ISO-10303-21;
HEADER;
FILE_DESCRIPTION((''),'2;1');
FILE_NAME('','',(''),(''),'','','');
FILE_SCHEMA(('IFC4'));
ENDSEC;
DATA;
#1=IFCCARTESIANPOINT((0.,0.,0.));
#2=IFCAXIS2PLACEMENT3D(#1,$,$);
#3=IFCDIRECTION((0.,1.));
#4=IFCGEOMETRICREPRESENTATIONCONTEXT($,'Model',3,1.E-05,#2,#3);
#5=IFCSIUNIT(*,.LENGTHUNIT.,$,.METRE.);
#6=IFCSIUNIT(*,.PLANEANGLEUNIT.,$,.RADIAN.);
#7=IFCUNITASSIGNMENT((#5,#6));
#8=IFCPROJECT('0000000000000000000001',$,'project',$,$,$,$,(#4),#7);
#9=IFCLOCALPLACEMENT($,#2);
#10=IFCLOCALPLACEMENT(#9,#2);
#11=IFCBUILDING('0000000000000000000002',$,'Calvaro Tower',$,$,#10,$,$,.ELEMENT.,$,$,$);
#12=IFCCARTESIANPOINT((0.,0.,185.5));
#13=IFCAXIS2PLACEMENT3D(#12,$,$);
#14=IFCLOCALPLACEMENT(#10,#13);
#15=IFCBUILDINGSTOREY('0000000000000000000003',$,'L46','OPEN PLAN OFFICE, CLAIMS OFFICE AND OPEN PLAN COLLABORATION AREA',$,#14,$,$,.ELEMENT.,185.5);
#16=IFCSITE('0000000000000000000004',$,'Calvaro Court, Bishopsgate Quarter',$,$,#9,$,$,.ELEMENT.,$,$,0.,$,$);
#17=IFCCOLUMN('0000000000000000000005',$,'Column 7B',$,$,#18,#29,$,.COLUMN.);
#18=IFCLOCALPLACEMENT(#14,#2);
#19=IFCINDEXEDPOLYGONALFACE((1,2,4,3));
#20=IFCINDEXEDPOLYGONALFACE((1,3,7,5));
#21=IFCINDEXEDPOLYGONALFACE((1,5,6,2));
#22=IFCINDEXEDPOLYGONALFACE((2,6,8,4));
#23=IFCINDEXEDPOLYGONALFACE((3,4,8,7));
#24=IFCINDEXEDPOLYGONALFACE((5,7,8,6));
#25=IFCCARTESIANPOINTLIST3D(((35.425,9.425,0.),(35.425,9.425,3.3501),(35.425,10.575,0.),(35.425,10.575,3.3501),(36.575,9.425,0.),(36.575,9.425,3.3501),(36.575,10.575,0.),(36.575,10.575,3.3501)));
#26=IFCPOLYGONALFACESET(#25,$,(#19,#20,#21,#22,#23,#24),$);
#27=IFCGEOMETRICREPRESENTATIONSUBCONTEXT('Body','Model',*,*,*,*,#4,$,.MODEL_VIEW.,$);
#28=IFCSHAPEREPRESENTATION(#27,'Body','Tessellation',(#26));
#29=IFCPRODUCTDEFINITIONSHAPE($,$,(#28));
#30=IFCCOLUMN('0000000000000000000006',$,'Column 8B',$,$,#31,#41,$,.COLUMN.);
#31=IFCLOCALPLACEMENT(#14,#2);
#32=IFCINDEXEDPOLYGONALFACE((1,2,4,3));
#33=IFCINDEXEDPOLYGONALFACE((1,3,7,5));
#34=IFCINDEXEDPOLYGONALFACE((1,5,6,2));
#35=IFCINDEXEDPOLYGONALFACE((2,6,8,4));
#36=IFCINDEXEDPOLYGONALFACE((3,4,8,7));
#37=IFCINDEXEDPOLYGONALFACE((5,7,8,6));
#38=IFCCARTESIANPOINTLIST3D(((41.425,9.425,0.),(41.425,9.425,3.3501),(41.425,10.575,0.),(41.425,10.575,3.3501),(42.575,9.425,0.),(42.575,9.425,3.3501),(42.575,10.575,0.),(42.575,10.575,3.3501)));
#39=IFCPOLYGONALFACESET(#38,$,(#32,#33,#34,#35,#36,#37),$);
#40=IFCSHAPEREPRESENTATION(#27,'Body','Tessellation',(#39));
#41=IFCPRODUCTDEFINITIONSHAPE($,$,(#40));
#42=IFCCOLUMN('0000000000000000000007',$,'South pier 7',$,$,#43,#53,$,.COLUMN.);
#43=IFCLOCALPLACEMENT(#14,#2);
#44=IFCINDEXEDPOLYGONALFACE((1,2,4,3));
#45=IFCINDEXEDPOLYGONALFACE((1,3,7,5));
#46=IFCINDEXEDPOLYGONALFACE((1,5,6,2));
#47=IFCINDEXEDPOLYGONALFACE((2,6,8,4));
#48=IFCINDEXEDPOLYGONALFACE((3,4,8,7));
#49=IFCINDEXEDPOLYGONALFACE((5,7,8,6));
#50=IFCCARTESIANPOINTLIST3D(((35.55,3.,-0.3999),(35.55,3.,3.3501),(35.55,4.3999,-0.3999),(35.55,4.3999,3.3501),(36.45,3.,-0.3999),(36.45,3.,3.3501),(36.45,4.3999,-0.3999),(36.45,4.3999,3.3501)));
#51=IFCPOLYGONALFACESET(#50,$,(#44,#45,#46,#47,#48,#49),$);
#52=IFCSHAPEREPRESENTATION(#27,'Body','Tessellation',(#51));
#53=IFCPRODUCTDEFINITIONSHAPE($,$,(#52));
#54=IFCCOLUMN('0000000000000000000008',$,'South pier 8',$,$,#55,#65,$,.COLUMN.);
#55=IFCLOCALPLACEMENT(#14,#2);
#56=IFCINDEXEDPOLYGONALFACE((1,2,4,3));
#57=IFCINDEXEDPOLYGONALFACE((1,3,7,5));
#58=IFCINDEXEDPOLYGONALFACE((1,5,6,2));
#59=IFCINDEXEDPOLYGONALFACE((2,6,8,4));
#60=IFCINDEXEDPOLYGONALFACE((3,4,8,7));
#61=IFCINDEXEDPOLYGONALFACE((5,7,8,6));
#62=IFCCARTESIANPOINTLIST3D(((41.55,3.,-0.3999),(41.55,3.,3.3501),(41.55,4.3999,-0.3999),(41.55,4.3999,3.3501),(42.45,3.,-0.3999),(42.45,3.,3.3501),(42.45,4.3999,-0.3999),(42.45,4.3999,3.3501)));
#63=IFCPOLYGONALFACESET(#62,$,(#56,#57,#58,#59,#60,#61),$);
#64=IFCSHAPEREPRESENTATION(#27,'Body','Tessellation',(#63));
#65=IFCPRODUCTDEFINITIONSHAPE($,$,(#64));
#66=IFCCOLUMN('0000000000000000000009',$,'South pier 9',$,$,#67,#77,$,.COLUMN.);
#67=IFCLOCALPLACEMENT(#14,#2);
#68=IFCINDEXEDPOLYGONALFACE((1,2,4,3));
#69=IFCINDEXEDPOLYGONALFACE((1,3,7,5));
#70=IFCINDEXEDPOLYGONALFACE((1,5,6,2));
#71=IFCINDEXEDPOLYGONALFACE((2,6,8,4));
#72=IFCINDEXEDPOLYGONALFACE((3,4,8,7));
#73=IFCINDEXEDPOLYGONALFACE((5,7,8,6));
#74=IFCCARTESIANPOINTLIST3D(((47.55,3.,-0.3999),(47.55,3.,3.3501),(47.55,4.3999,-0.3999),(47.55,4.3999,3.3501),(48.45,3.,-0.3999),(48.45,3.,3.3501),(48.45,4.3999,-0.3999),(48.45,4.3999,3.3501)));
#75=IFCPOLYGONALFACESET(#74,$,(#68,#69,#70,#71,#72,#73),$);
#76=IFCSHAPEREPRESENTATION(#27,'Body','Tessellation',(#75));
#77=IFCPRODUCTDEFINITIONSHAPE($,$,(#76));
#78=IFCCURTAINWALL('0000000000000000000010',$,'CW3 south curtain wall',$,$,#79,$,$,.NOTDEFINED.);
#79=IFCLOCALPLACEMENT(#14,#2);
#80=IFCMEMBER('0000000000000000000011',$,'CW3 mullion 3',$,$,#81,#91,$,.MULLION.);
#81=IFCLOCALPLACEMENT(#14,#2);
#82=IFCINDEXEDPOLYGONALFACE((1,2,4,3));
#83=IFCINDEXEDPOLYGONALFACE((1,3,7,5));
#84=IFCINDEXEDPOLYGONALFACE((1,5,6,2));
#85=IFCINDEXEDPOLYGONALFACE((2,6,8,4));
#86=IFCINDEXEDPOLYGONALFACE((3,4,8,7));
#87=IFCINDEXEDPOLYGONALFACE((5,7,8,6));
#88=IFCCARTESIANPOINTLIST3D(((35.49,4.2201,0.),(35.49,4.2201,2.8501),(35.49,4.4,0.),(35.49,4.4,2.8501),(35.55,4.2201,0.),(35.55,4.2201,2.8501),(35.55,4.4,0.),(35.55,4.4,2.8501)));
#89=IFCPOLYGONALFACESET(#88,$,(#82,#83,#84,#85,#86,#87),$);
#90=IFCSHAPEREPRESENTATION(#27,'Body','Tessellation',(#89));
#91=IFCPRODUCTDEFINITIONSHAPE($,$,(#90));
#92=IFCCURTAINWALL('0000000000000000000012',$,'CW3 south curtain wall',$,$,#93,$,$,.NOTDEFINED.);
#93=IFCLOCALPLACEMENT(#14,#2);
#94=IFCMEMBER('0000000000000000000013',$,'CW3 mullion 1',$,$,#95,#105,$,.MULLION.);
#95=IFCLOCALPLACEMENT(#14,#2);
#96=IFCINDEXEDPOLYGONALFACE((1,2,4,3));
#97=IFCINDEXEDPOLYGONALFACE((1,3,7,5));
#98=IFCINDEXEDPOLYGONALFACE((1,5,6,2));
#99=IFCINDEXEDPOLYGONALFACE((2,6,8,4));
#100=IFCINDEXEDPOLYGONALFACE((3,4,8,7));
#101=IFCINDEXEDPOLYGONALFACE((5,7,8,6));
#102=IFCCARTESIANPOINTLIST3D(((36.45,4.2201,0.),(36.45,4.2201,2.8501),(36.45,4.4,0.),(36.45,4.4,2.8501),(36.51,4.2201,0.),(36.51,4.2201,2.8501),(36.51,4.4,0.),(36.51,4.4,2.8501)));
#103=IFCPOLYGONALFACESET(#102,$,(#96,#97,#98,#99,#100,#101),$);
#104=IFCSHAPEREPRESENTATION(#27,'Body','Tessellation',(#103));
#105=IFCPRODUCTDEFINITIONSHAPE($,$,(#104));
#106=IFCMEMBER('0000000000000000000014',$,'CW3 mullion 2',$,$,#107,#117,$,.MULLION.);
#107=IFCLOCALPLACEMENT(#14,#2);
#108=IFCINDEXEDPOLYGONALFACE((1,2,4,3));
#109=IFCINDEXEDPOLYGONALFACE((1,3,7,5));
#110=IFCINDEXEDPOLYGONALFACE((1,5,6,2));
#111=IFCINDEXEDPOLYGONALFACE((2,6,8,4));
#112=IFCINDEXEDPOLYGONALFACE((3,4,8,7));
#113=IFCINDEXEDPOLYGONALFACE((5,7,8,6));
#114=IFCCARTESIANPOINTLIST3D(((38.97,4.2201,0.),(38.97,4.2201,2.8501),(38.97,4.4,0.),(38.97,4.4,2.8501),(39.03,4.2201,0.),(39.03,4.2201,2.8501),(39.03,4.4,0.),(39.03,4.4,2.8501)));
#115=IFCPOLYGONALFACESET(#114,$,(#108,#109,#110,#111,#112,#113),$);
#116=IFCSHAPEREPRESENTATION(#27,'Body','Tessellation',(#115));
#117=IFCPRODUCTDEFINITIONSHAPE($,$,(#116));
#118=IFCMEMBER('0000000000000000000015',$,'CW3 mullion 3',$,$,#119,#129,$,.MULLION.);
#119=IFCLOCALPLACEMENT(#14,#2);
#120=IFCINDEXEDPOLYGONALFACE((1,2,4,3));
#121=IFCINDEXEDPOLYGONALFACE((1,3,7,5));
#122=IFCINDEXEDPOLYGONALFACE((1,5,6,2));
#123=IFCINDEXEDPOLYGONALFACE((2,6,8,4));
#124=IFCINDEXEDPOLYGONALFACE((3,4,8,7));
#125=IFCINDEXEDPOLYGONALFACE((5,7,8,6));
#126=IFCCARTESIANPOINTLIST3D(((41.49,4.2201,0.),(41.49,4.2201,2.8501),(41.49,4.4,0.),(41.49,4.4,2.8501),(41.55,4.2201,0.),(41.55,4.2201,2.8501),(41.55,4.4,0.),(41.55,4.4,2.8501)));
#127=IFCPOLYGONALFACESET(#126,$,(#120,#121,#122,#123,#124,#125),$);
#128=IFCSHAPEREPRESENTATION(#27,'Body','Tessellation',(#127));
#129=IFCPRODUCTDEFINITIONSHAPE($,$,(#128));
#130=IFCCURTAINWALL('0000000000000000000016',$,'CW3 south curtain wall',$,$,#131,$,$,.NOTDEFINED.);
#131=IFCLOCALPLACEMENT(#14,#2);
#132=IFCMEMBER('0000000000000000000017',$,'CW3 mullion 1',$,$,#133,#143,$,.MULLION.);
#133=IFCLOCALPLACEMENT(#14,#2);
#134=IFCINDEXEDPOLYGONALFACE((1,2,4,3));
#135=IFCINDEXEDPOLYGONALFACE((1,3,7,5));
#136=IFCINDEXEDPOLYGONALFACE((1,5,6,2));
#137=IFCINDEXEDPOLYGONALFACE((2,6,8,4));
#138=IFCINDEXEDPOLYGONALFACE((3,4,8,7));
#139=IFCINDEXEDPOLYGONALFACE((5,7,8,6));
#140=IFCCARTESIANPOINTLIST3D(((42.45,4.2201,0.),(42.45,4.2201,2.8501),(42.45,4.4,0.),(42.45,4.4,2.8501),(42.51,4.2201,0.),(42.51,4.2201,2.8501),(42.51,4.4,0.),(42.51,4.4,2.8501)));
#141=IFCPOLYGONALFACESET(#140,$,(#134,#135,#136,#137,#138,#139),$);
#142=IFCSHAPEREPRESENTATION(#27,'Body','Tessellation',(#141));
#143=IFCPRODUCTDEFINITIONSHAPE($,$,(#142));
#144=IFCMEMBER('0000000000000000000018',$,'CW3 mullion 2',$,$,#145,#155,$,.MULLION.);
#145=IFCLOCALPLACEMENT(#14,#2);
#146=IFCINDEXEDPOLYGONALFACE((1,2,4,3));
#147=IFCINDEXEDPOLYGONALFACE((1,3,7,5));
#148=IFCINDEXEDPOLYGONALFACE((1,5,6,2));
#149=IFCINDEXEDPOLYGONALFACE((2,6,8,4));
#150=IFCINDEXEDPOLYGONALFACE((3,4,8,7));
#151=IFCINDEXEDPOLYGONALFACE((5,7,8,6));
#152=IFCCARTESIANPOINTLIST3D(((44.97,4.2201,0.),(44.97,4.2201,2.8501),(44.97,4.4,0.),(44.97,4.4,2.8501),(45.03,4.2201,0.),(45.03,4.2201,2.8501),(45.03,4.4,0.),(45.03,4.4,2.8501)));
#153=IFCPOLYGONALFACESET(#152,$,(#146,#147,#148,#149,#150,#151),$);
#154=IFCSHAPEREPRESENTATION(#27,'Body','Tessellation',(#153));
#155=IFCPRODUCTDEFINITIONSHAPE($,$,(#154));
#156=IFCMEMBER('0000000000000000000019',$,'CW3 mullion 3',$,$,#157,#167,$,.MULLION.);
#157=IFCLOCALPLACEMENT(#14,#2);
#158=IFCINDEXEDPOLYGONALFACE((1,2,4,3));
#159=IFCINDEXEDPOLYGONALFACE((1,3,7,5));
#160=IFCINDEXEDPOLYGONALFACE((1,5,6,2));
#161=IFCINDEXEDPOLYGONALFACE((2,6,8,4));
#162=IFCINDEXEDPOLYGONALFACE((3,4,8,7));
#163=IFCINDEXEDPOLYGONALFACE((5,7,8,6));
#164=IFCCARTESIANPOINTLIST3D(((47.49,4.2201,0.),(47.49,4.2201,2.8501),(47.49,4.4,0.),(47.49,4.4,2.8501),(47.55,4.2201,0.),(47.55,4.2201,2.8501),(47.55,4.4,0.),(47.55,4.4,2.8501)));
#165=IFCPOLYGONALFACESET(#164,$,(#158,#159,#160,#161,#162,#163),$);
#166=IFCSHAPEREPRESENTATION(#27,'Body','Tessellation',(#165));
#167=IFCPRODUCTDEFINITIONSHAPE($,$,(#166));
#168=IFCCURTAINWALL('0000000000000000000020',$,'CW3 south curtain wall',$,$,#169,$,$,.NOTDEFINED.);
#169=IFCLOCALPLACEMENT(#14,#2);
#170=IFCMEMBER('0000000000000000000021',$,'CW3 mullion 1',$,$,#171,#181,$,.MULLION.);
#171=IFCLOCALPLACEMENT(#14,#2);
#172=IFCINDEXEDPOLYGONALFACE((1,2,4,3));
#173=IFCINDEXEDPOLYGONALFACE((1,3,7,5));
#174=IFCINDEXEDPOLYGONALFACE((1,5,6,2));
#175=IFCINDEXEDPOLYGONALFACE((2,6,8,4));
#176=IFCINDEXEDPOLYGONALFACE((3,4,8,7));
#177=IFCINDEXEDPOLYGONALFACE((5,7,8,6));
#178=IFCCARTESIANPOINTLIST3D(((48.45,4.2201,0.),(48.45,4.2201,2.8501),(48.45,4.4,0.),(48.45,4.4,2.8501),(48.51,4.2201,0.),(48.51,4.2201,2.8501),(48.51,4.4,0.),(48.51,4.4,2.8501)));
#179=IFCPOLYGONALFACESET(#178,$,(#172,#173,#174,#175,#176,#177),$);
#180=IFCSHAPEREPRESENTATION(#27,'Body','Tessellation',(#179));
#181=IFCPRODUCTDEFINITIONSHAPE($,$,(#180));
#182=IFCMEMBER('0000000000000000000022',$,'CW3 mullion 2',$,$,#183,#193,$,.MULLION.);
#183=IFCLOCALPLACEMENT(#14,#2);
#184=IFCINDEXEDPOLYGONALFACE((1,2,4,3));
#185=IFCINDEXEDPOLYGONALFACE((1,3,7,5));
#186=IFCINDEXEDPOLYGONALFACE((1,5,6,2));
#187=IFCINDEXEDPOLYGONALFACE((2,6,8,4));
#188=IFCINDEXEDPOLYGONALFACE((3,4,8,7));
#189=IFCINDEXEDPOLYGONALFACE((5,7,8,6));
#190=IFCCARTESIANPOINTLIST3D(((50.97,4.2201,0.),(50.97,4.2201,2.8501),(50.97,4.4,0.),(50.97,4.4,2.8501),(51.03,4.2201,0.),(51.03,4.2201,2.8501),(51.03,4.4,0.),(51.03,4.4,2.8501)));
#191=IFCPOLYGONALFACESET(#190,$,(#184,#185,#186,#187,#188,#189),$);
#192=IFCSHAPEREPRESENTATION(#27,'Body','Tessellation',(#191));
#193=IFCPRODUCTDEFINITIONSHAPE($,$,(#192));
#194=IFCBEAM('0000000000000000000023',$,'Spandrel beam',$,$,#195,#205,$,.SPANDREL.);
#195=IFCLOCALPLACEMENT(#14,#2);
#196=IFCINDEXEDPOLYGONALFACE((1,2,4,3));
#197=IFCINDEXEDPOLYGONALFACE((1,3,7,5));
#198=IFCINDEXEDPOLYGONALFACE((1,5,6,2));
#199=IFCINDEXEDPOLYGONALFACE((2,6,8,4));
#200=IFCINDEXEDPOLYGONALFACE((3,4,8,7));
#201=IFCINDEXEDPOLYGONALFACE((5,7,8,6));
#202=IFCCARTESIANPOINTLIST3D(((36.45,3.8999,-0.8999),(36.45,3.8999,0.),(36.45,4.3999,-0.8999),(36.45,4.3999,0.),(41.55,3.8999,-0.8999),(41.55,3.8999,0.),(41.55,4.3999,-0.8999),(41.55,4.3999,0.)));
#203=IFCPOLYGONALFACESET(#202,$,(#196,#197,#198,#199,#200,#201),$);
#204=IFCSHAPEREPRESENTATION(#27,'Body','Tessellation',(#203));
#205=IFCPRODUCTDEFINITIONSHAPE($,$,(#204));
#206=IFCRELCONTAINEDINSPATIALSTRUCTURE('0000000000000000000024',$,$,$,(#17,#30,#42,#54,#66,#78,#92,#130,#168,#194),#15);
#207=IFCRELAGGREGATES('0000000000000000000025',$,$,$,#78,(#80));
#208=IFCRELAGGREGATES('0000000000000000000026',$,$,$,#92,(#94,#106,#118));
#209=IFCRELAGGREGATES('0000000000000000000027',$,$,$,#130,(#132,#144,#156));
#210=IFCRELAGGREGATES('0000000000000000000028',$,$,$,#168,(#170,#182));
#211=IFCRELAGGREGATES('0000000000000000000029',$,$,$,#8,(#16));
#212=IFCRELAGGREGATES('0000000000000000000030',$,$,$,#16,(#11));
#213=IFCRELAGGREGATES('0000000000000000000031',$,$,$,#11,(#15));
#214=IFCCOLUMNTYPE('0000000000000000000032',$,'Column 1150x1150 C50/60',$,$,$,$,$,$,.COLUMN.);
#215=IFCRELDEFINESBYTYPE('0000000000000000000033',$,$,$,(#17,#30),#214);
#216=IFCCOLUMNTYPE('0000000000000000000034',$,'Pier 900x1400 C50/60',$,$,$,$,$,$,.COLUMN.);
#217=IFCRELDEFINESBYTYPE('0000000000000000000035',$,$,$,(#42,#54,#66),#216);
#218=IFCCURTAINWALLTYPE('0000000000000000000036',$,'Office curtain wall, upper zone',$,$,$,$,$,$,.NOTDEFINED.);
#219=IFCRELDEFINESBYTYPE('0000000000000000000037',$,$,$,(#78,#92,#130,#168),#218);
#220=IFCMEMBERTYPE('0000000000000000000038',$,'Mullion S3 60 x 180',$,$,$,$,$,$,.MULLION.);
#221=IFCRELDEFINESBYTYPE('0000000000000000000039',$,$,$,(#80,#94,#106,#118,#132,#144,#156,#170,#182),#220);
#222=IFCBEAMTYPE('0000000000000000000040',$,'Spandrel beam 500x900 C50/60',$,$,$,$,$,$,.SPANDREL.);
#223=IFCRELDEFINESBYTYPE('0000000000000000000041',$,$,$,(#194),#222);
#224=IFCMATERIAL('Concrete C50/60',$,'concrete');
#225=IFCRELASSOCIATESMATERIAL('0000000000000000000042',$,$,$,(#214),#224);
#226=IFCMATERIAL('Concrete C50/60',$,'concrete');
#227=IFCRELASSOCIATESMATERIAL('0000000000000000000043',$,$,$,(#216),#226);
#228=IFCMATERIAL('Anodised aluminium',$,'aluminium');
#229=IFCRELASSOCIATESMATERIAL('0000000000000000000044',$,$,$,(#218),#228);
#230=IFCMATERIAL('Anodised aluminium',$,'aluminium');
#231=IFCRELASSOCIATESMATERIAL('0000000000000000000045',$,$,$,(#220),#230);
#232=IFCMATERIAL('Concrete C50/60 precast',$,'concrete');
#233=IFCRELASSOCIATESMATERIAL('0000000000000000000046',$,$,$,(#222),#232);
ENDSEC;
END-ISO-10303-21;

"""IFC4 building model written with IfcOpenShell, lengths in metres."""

from ifc_helpers import new_model, si_unit, direction, frame, origin, origin_2d, place, context, subcontext, project, spatial, rectangle, extrude, material, material_profile, profile_set, type_object, element, aggregate, save


model = new_model("IFC4")

# Units and contexts
model_context = context("Model", 3, precision=1e-05, world=origin(), true_north=direction((0.0, 1.0)))
body_context = subcontext(model_context, "Body", "Model", "MODEL_VIEW")
ifc_project = project(units=[si_unit("LENGTHUNIT", "METRE"), si_unit("PLANEANGLEUNIT", "RADIAN")], contexts=[model_context])

# Site, building, storey
site_placement = place(None, origin())
site = spatial("IfcSite", under=ifc_project, at=site_placement, Name="Calvaro Court, Bishopsgate Quarter", CompositionType="ELEMENT", RefElevation=0.0)
building_placement = place(site_placement, origin())
building = spatial("IfcBuilding", under=site, at=building_placement, Name="Calvaro Tower", CompositionType="ELEMENT")
storey_placement = place(building_placement, frame((0.0, 0.0, 185.5)))
storey = spatial("IfcBuildingStorey", under=building, at=storey_placement, Name="L46", Description="OPEN PLAN OFFICE, CLAIMS OFFICE AND OPEN PLAN COLLABORATION AREA", CompositionType="ELEMENT", Elevation=185.5)

# Columns
ifc_material_1 = material(Name="Concrete C50/60", Category="concrete")
ifc_material_profile_1 = material_profile(ifc_material_1, rectangle(XDim=1.1499, YDim=1.1499, at=origin_2d()), Name="RC 1150x1150")
ifc_profile_set_1 = profile_set([ifc_material_profile_1], Name="Concrete C50/60")
column_type_1 = type_object("IfcColumnType", Name="Column 1150x1150 C50/60", PredefinedType="COLUMN", material=ifc_profile_set_1)
for number, where, z_axis, x_axis, name in (
    (1, (36.0, 10.0, 0.0), (0.0, 0.0, 1.0), (1.0, 0.0, 0.0), "Column 7B"),
    (2, (42.0, 10.0, 0.0), (0.0, 0.0, 1.0), (1.0, 0.0, 0.0), "Column 8B"),
):
    element("IfcColumn", number, at=place(storey_placement, frame(where, z_axis=z_axis, x_axis=x_axis)), inside=storey, type_object=column_type_1, Name=name, PredefinedType="COLUMN", context=body_context, shape_type="SweptSolid", body=[
        extrude(rectangle(XDim=1.1499, YDim=1.1499, at=origin_2d()), origin(), (0.0, 0.0, 1.0), 3.3501),
    ])
ifc_material_2 = material(Name="Concrete C50/60", Category="concrete")
ifc_material_profile_2 = material_profile(ifc_material_2, rectangle(XDim=0.8999, YDim=1.3999, at=origin_2d()), Name="RC 900x1400")
ifc_profile_set_2 = profile_set([ifc_material_profile_2], Name="Concrete C50/60")
column_type_2 = type_object("IfcColumnType", Name="Pier 900x1400 C50/60", PredefinedType="COLUMN", material=ifc_profile_set_2)
for number, where, z_axis, x_axis, name in (
    (3, (36.0, 3.7, -0.3999), (0.0, 0.0, 1.0), (1.0, 0.0, 0.0), "South pier 7"),
    (4, (42.0, 3.7, -0.3999), (0.0, 0.0, 1.0), (1.0, 0.0, 0.0), "South pier 8"),
    (5, (48.0, 3.7, -0.3999), (0.0, 0.0, 1.0), (1.0, 0.0, 0.0), "South pier 9"),
):
    element("IfcColumn", number, at=place(storey_placement, frame(where, z_axis=z_axis, x_axis=x_axis)), inside=storey, type_object=column_type_2, Name=name, PredefinedType="COLUMN", context=body_context, shape_type="SweptSolid", body=[
        extrude(rectangle(XDim=0.8999, YDim=1.3999, at=origin_2d()), origin(), (0.0, 0.0, 1.0), 3.75),
    ])

# Curtain wall, member
ifc_material_3 = material(Name="Anodised aluminium", Category="aluminium")
curtain_wall_type = type_object("IfcCurtainWallType", Name="Office curtain wall, upper zone", PredefinedType="NOTDEFINED", material=ifc_material_3)
curtain_wall_1_placement = place(storey_placement, origin())
curtain_wall_1 = element("IfcCurtainWall", 6, at=curtain_wall_1_placement, inside=storey, type_object=curtain_wall_type, Name="CW3 south curtain wall", PredefinedType="NOTDEFINED")
ifc_material_4 = material(Name="Anodised aluminium", Category="aluminium")
ifc_material_profile_3 = material_profile(ifc_material_4, rectangle(XDim=0.1799, YDim=0.0601, at=origin_2d()), Name="Mullion S3 60 x 180")
ifc_profile_set_3 = profile_set([ifc_material_profile_3], Name="Anodised aluminium")
member_type_1 = type_object("IfcMemberType", Name="Mullion S3 60 x 180", PredefinedType="MULLION", material=ifc_profile_set_3)
member_1_placement = place(storey_placement, frame((35.52, 4.3101, 0.0), z_axis=(0.0, 0.0, 1.0), x_axis=(0.0, 1.0, 0.0)))
member_1 = element("IfcMember", 7, at=member_1_placement, type_object=member_type_1, Name="CW3 mullion 3", PredefinedType="MULLION", context=body_context, shape_type="SweptSolid", body=[
    extrude(rectangle(XDim=0.1799, YDim=0.0601, at=origin_2d()), origin(), (0.0, 0.0, 1.0), 2.8501),
])
aggregate(curtain_wall_1, [member_1])

# Curtain walls, members
curtain_wall_2_placement = place(storey_placement, origin())
curtain_wall_2 = element("IfcCurtainWall", 8, at=curtain_wall_2_placement, inside=storey, type_object=curtain_wall_type, Name="CW3 south curtain wall", PredefinedType="NOTDEFINED")
member_2_placement = place(storey_placement, frame((36.48, 4.3101, 0.0), z_axis=(0.0, 0.0, 1.0), x_axis=(0.0, 1.0, 0.0)))
member_2 = element("IfcMember", 9, at=member_2_placement, type_object=member_type_1, Name="CW3 mullion 1", PredefinedType="MULLION", context=body_context, shape_type="SweptSolid", body=[
    extrude(rectangle(XDim=0.1799, YDim=0.0601, at=origin_2d()), origin(), (0.0, 0.0, 1.0), 2.8501),
])
member_3_placement = place(storey_placement, frame((39.0, 4.3101, 0.0), z_axis=(0.0, 0.0, 1.0), x_axis=(0.0, 1.0, 0.0)))
member_3 = element("IfcMember", 10, at=member_3_placement, type_object=member_type_1, Name="CW3 mullion 2", PredefinedType="MULLION", context=body_context, shape_type="SweptSolid", body=[
    extrude(rectangle(XDim=0.1799, YDim=0.0601, at=origin_2d()), origin(), (0.0, 0.0, 1.0), 2.8501),
])
member_4_placement = place(storey_placement, frame((41.52, 4.3101, 0.0), z_axis=(0.0, 0.0, 1.0), x_axis=(0.0, 1.0, 0.0)))
member_4 = element("IfcMember", 11, at=member_4_placement, type_object=member_type_1, Name="CW3 mullion 3", PredefinedType="MULLION", context=body_context, shape_type="SweptSolid", body=[
    extrude(rectangle(XDim=0.1799, YDim=0.0601, at=origin_2d()), origin(), (0.0, 0.0, 1.0), 2.8501),
])
curtain_wall_3_placement = place(storey_placement, origin())
curtain_wall_3 = element("IfcCurtainWall", 12, at=curtain_wall_3_placement, inside=storey, type_object=curtain_wall_type, Name="CW3 south curtain wall", PredefinedType="NOTDEFINED")
member_5_placement = place(storey_placement, frame((42.48, 4.3101, 0.0), z_axis=(0.0, 0.0, 1.0), x_axis=(0.0, 1.0, 0.0)))
member_5 = element("IfcMember", 13, at=member_5_placement, type_object=member_type_1, Name="CW3 mullion 1", PredefinedType="MULLION", context=body_context, shape_type="SweptSolid", body=[
    extrude(rectangle(XDim=0.1799, YDim=0.0601, at=origin_2d()), origin(), (0.0, 0.0, 1.0), 2.8501),
])
member_6_placement = place(storey_placement, frame((45.0, 4.3101, 0.0), z_axis=(0.0, 0.0, 1.0), x_axis=(0.0, 1.0, 0.0)))
member_6 = element("IfcMember", 14, at=member_6_placement, type_object=member_type_1, Name="CW3 mullion 2", PredefinedType="MULLION", context=body_context, shape_type="SweptSolid", body=[
    extrude(rectangle(XDim=0.1799, YDim=0.0601, at=origin_2d()), origin(), (0.0, 0.0, 1.0), 2.8501),
])
member_7_placement = place(storey_placement, frame((47.52, 4.3101, 0.0), z_axis=(0.0, 0.0, 1.0), x_axis=(0.0, 1.0, 0.0)))
member_7 = element("IfcMember", 15, at=member_7_placement, type_object=member_type_1, Name="CW3 mullion 3", PredefinedType="MULLION", context=body_context, shape_type="SweptSolid", body=[
    extrude(rectangle(XDim=0.1799, YDim=0.0601, at=origin_2d()), origin(), (0.0, 0.0, 1.0), 2.8501),
])
curtain_wall_4_placement = place(storey_placement, origin())
curtain_wall_4 = element("IfcCurtainWall", 16, at=curtain_wall_4_placement, inside=storey, type_object=curtain_wall_type, Name="CW3 south curtain wall", PredefinedType="NOTDEFINED")
member_8_placement = place(storey_placement, frame((48.48, 4.3101, 0.0), z_axis=(0.0, 0.0, 1.0), x_axis=(0.0, 1.0, 0.0)))
member_8 = element("IfcMember", 17, at=member_8_placement, type_object=member_type_1, Name="CW3 mullion 1", PredefinedType="MULLION", context=body_context, shape_type="SweptSolid", body=[
    extrude(rectangle(XDim=0.1799, YDim=0.0601, at=origin_2d()), origin(), (0.0, 0.0, 1.0), 2.8501),
])
member_9_placement = place(storey_placement, frame((51.0, 4.3101, 0.0), z_axis=(0.0, 0.0, 1.0), x_axis=(0.0, 1.0, 0.0)))
member_9 = element("IfcMember", 18, at=member_9_placement, type_object=member_type_1, Name="CW3 mullion 2", PredefinedType="MULLION", context=body_context, shape_type="SweptSolid", body=[
    extrude(rectangle(XDim=0.1799, YDim=0.0601, at=origin_2d()), origin(), (0.0, 0.0, 1.0), 2.8501),
])

# Beam
ifc_material_5 = material(Name="Concrete C50/60 precast", Category="concrete")
ifc_material_profile_4 = material_profile(ifc_material_5, rectangle(XDim=0.5, YDim=0.8999, at=origin_2d()), Name="RC 500x900")
ifc_profile_set_4 = profile_set([ifc_material_profile_4], Name="Concrete C50/60 precast")
beam_type = type_object("IfcBeamType", Name="Spandrel beam 500x900 C50/60", PredefinedType="SPANDREL", material=ifc_profile_set_4)
for number, where, z_axis, x_axis, name in (
    (19, (36.45, 4.1499, -0.45), (1.0, 0.0, 0.0), (0.0, 1.0, 0.0), "Spandrel beam"),
):
    element("IfcBeam", number, at=place(storey_placement, frame(where, z_axis=z_axis, x_axis=x_axis)), inside=storey, type_object=beam_type, Name=name, PredefinedType="SPANDREL", context=body_context, shape_type="SweptSolid", body=[
        extrude(rectangle(XDim=0.5, YDim=0.8999, at=origin_2d()), origin(), (0.0, 0.0, 1.0), 5.1001),
    ])

aggregate(curtain_wall_2, [member_2, member_3, member_4])
aggregate(curtain_wall_3, [member_5, member_6, member_7])
aggregate(curtain_wall_4, [member_8, member_9])

save(model, "model.ifc")
